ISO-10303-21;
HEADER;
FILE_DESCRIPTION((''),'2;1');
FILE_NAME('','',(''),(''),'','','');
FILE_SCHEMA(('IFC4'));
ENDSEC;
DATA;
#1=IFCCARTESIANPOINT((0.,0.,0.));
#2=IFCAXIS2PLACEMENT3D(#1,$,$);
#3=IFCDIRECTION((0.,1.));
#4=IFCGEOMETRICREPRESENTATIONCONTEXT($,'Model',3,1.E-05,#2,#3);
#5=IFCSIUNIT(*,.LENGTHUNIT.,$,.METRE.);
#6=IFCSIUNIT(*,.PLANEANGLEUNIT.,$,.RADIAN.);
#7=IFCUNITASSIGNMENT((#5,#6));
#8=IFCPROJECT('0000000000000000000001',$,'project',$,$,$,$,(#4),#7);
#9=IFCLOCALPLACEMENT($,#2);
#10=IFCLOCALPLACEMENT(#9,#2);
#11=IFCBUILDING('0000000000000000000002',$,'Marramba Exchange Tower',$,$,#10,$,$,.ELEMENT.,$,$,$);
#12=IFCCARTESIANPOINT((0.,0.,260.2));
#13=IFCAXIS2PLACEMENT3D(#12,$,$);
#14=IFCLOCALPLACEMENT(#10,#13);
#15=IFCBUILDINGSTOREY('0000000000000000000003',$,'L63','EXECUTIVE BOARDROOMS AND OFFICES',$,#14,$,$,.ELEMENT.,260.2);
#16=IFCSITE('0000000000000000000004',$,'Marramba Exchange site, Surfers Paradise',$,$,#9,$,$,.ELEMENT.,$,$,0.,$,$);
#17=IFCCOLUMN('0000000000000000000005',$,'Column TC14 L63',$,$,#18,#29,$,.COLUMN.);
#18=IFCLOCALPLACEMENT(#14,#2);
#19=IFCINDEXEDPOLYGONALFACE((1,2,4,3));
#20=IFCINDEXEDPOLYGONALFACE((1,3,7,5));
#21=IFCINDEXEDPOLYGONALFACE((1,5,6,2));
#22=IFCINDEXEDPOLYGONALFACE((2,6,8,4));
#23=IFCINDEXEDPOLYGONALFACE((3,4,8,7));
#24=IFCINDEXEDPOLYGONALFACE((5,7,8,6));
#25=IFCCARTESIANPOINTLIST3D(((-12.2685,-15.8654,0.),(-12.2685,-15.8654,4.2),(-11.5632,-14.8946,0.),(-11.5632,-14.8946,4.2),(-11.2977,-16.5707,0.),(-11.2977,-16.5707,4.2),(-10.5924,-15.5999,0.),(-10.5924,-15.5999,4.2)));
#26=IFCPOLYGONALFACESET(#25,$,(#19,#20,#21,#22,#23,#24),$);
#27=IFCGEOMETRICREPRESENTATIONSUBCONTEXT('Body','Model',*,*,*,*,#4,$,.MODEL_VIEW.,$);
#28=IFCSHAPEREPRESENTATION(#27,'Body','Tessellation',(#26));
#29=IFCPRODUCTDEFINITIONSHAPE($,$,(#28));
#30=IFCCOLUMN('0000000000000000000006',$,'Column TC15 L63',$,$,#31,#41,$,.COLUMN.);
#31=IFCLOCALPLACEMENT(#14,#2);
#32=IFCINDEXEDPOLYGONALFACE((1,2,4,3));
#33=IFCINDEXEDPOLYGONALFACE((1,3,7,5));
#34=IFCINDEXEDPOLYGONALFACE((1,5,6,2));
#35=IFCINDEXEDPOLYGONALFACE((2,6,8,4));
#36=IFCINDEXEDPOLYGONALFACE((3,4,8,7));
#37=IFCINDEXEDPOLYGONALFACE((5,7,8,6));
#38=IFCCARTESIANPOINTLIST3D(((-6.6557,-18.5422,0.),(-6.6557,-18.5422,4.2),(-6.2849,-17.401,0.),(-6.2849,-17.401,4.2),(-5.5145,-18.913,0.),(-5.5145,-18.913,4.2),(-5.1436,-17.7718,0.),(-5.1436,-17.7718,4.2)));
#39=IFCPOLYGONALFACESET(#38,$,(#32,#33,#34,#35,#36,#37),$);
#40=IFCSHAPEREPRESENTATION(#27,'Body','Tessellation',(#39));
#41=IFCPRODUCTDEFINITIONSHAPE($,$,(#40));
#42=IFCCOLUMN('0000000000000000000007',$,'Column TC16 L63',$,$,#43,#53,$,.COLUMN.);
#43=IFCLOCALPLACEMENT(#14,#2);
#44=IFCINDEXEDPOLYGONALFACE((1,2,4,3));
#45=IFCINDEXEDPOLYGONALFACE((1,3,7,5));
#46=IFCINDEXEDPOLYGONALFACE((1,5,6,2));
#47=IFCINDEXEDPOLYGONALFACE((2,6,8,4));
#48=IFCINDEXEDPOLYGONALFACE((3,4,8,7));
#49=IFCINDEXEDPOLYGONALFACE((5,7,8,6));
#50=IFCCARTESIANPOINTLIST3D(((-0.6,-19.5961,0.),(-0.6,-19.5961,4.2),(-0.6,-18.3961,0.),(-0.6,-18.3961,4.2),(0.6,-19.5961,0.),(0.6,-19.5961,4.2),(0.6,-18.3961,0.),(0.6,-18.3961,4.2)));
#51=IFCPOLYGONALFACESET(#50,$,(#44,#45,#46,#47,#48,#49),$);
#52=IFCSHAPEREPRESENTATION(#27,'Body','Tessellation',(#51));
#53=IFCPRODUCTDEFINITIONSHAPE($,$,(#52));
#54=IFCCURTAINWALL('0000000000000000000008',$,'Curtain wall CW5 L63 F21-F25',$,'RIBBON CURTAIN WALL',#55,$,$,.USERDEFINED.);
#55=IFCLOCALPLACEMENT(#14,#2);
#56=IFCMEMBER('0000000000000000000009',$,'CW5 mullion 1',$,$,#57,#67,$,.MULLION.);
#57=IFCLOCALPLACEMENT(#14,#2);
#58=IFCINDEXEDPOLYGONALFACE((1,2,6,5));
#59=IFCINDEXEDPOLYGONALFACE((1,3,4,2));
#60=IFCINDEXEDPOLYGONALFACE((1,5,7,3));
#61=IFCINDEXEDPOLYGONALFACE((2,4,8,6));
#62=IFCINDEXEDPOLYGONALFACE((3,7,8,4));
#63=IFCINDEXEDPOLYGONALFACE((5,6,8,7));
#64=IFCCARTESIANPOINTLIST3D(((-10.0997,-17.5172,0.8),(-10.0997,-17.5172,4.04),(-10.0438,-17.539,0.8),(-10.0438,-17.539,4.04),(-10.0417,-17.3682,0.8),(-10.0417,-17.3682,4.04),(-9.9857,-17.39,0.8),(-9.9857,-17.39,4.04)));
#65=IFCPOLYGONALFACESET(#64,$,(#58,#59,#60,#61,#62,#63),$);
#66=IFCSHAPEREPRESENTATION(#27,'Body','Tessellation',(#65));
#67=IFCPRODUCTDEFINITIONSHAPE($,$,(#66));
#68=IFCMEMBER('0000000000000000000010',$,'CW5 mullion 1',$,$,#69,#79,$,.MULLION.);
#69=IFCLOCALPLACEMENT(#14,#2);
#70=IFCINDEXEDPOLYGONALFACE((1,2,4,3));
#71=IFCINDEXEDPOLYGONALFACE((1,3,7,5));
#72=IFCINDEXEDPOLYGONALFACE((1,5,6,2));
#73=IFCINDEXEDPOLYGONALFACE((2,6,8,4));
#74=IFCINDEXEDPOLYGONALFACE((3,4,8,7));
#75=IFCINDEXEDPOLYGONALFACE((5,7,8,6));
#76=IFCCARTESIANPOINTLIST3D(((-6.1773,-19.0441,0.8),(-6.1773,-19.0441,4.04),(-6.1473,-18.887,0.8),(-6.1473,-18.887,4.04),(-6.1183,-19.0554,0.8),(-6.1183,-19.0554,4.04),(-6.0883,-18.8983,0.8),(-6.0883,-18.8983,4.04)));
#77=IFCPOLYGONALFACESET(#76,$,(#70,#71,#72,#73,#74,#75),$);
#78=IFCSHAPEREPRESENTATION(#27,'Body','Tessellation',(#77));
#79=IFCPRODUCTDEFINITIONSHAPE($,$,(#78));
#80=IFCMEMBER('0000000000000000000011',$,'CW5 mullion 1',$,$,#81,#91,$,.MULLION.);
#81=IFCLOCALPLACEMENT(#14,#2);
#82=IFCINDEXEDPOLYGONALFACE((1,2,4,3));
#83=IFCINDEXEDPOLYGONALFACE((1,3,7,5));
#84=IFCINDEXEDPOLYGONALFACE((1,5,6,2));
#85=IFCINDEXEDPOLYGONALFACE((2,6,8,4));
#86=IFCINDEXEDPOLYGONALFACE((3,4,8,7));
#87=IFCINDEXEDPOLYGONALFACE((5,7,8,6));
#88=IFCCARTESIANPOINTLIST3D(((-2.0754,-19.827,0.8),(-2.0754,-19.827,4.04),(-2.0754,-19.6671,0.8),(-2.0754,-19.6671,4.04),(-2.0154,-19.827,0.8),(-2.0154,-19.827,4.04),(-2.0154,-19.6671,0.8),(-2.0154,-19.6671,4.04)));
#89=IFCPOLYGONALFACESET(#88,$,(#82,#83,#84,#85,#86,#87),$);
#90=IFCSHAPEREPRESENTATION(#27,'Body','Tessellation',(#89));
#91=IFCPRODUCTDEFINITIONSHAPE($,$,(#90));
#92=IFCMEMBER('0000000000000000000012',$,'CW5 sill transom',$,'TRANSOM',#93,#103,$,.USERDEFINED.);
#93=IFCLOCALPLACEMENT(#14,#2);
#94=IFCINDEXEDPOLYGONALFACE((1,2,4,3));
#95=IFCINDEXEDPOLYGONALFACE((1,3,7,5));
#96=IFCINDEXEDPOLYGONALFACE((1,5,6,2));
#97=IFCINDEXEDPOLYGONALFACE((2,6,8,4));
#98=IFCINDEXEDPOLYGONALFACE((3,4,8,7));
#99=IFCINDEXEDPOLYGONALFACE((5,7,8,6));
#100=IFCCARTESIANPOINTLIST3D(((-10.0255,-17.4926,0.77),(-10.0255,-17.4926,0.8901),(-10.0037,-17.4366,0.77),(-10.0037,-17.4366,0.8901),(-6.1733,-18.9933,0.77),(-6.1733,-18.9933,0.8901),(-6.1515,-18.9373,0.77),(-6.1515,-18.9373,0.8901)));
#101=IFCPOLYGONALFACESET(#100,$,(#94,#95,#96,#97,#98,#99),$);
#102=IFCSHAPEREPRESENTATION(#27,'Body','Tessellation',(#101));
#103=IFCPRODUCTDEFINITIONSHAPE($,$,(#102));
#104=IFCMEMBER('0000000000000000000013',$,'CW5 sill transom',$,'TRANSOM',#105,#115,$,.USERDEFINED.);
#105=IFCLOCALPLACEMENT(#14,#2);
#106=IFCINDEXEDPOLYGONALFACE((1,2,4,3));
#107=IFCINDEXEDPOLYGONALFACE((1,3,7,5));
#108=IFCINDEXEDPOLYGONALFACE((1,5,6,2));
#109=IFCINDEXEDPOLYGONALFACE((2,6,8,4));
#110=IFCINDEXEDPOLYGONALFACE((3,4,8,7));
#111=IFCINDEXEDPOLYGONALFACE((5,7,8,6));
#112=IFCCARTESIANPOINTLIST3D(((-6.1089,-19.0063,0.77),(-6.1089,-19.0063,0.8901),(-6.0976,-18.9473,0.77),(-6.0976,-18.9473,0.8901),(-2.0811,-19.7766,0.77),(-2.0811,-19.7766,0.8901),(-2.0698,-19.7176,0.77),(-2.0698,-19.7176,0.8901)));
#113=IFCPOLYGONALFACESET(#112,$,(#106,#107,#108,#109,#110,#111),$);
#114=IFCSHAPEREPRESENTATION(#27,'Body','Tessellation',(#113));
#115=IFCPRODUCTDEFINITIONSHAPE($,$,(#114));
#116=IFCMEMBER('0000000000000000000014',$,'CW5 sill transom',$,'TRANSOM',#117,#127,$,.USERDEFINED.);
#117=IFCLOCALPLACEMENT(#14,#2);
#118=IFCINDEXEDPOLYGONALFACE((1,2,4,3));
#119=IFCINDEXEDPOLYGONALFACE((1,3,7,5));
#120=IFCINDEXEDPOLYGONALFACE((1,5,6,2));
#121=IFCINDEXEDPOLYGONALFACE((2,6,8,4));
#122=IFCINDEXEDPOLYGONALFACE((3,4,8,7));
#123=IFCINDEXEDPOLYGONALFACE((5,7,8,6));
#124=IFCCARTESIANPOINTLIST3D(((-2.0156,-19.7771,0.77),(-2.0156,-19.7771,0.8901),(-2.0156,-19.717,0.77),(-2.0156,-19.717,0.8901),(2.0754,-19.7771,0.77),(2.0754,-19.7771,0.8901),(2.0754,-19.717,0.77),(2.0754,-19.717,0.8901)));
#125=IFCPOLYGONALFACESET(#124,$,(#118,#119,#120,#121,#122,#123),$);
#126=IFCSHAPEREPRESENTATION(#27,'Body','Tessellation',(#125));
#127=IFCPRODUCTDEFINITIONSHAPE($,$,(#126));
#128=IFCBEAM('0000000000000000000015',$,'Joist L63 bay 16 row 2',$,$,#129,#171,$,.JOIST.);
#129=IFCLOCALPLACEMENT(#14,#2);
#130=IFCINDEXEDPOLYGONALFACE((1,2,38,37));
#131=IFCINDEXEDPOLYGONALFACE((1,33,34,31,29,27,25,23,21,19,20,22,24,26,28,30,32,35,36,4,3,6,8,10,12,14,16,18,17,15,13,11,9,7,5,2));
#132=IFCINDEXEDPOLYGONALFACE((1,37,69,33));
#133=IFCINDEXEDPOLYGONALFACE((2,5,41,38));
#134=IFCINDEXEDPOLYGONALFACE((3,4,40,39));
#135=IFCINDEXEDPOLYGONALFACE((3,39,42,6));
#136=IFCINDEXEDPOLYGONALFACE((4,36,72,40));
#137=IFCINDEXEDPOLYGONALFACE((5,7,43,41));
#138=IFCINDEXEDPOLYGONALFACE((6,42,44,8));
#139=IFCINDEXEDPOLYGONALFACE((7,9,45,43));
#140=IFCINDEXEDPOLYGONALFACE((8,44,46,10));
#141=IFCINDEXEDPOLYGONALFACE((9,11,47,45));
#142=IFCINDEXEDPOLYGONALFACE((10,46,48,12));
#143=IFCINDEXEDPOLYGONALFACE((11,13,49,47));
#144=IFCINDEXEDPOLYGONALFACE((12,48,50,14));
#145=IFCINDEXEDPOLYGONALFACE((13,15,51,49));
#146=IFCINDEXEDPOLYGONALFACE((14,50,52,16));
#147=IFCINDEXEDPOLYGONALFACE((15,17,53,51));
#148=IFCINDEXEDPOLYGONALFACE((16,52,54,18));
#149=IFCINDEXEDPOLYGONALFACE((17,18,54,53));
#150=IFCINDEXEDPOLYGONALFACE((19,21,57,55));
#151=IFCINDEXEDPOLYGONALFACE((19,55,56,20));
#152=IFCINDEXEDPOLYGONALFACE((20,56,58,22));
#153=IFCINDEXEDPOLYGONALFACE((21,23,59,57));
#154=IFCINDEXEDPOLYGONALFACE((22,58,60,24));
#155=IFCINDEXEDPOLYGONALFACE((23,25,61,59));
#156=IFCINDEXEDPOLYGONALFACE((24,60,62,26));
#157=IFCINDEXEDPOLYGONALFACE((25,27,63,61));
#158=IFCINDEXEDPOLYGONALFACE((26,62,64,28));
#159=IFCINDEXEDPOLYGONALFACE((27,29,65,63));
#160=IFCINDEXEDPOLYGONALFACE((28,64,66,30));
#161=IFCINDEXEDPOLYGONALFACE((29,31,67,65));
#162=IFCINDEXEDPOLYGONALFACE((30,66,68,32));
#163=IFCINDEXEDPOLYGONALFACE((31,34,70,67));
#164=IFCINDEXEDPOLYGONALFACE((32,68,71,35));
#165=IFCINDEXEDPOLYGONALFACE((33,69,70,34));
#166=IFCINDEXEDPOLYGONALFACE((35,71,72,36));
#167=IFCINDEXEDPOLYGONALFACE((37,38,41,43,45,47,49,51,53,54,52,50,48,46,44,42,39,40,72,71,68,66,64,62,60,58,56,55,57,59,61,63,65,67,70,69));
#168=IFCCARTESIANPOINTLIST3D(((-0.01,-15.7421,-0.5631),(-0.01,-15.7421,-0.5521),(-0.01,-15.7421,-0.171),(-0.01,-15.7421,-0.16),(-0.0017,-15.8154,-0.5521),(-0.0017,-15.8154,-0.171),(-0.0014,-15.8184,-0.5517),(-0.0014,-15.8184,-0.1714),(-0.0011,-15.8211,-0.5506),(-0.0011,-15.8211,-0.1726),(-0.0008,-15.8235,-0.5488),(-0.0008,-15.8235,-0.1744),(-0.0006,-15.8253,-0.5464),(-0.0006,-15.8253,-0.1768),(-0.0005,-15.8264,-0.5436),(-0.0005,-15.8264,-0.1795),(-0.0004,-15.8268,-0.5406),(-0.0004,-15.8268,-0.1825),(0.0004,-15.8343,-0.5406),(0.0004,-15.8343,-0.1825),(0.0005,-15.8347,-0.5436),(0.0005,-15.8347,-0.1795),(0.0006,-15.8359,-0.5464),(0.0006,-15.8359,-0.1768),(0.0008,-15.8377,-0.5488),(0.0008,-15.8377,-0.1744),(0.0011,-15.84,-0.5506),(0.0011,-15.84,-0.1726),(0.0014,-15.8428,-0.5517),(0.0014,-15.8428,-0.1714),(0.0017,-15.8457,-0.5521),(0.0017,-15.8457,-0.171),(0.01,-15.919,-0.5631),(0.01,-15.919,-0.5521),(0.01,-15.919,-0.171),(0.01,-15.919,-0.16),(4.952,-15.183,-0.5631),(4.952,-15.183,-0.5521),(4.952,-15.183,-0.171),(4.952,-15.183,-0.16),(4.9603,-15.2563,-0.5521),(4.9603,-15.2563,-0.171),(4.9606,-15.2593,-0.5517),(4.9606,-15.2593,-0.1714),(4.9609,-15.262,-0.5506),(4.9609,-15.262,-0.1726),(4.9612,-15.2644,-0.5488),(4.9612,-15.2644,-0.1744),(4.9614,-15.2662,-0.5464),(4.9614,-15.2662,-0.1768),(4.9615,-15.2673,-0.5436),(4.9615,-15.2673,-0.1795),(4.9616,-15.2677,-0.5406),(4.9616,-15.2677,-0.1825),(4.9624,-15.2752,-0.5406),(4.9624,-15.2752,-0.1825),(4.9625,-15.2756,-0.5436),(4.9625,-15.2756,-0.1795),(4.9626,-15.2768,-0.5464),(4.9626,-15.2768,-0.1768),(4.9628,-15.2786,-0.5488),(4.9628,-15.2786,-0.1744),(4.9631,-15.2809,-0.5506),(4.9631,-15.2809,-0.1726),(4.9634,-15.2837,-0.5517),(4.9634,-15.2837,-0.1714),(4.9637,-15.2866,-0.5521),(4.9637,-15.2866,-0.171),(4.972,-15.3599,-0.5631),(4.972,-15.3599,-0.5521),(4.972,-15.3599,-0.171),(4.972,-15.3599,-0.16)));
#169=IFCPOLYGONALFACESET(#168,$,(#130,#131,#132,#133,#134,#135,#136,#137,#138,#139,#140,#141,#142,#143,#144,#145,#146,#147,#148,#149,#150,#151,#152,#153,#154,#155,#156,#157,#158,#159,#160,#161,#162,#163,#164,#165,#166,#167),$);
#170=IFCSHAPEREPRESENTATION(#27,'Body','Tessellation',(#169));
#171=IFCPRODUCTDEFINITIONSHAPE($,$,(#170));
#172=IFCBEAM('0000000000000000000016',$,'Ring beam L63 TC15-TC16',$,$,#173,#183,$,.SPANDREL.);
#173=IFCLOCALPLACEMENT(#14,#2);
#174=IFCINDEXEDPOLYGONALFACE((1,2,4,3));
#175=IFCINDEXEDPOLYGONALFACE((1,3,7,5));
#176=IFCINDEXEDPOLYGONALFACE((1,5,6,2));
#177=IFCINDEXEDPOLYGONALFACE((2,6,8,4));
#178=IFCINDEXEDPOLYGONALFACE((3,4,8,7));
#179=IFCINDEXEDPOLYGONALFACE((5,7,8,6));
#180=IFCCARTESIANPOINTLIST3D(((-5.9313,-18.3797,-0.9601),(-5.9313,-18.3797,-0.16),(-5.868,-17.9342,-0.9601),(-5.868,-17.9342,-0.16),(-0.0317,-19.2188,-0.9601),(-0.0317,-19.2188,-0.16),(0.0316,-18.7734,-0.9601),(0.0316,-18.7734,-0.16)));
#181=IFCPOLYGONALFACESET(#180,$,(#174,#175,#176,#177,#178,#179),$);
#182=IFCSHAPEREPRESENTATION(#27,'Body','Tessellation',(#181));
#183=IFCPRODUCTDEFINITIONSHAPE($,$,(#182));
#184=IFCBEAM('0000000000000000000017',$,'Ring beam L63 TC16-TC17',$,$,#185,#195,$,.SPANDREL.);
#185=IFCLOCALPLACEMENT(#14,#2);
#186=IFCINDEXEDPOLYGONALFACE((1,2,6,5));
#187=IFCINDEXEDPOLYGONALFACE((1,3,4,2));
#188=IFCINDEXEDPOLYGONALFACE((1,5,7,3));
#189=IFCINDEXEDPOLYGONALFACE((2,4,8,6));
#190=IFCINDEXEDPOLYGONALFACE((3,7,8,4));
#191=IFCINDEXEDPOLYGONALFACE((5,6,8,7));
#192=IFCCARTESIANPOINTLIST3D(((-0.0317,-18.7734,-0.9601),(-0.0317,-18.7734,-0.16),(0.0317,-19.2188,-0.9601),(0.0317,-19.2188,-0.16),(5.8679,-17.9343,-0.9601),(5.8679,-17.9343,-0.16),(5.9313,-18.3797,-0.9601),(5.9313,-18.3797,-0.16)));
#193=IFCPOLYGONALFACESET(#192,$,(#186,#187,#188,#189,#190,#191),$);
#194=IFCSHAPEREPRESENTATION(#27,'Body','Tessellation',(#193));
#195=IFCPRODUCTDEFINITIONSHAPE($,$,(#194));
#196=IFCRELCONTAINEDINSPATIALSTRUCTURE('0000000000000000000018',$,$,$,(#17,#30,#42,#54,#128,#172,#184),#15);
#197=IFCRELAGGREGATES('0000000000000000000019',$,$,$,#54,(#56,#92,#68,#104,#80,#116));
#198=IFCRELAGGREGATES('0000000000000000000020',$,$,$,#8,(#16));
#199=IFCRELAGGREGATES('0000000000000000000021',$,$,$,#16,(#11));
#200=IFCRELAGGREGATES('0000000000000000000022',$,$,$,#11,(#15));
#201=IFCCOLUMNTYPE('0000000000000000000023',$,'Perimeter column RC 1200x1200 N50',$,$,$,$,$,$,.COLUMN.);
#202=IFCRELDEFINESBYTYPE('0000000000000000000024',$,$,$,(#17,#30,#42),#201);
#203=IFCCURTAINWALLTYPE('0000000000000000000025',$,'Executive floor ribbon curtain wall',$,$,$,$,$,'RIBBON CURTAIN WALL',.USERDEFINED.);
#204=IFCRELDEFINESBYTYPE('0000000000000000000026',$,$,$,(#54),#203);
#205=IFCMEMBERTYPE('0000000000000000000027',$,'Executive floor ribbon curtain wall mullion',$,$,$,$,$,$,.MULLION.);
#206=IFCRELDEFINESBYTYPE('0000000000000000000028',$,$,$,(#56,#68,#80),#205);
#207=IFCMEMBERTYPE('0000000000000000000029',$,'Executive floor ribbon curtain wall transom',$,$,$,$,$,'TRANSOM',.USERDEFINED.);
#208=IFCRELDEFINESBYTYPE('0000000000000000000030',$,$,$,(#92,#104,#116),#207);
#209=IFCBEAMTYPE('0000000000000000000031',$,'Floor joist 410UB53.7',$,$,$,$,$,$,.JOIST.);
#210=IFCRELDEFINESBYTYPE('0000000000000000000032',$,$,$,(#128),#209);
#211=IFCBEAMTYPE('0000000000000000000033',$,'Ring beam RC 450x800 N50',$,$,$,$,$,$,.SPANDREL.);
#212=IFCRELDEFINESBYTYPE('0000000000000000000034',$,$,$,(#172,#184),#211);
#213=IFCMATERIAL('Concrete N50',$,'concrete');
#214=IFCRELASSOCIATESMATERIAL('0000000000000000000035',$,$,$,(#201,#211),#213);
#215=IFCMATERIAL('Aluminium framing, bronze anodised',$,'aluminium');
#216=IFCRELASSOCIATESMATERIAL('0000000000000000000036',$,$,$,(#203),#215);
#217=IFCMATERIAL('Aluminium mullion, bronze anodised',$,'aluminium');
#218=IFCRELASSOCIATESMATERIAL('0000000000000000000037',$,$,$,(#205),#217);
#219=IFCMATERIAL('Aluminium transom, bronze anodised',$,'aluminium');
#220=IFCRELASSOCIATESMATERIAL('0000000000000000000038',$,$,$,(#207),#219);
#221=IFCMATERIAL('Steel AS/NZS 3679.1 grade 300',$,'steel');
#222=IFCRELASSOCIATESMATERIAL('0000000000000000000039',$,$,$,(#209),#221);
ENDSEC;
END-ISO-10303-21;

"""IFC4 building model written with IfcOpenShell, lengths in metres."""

from ifc_helpers import new_model, si_unit, direction, frame, origin, origin_2d, place, context, subcontext, project, spatial, rectangle, i_section, extrude, material, material_profile, profile_set, type_object, element, aggregate, save


model = new_model("IFC4")

# Units and contexts
model_context = context("Model", 3, precision=1e-05, world=origin(), true_north=direction((0.0, 1.0)))
body_context = subcontext(model_context, "Body", "Model", "MODEL_VIEW")
ifc_project = project(units=[si_unit("LENGTHUNIT", "METRE"), si_unit("PLANEANGLEUNIT", "RADIAN")], contexts=[model_context])

# Site, building, storey
site_placement = place(None, origin())
site = spatial("IfcSite", under=ifc_project, at=site_placement, Name="Marramba Exchange site, Surfers Paradise", CompositionType="ELEMENT", RefElevation=0.0)
building_placement = place(site_placement, origin())
building = spatial("IfcBuilding", under=site, at=building_placement, Name="Marramba Exchange Tower", CompositionType="ELEMENT")
storey_placement = place(building_placement, frame((0.0, 0.0, 260.2)))
storey = spatial("IfcBuildingStorey", under=building, at=storey_placement, Name="L63", Description="EXECUTIVE BOARDROOMS AND OFFICES", CompositionType="ELEMENT", Elevation=260.2)

# Columns
ifc_material_1 = material(Name="Concrete N50", Category="concrete")
ifc_material_profile_1 = material_profile(ifc_material_1, rectangle(XDim=1.2, YDim=1.2, at=origin_2d()), Name="RC 1200x1200")
ifc_profile_set_1 = profile_set([ifc_material_profile_1], Name="Concrete N50")
column_type = type_object("IfcColumnType", Name="Perimeter column RC 1200x1200 N50", PredefinedType="COLUMN", material=ifc_profile_set_1)
for number, where, z_axis, x_axis, name in (
    (1, (-11.4304, -15.7327, 0.0), (0.0, 0.0, 1.0), (-0.587785, -0.809017, 0.0), "Column TC14 L63"),
    (2, (-5.8997, -18.157, 0.0), (0.0, 0.0, 1.0), (-0.309017, -0.951057, 0.0), "Column TC15 L63"),
    (3, (0.0, -18.9961, 0.0), (0.0, 0.0, 1.0), (0.0, -1.0, 0.0), "Column TC16 L63"),
):
    element("IfcColumn", number, at=place(storey_placement, frame(where, z_axis=z_axis, x_axis=x_axis)), inside=storey, type_object=column_type, Name=name, PredefinedType="COLUMN", context=body_context, shape_type="SweptSolid", body=[
        extrude(rectangle(XDim=1.2, YDim=1.2, at=origin_2d()), origin(), (0.0, 0.0, 1.0), 4.2),
    ])

# Curtain wall, members
ifc_material_2 = material(Name="Aluminium framing, bronze anodised", Category="aluminium")
curtain_wall_type = type_object("IfcCurtainWallType", Name="Executive floor ribbon curtain wall", ElementType="RIBBON CURTAIN WALL", PredefinedType="USERDEFINED", material=ifc_material_2)
curtain_wall_1_placement = place(storey_placement, origin())
curtain_wall_1 = element("IfcCurtainWall", 4, at=curtain_wall_1_placement, inside=storey, type_object=curtain_wall_type, Name="Curtain wall CW5 L63 F21-F25", ObjectType="RIBBON CURTAIN WALL", PredefinedType="USERDEFINED")
ifc_material_3 = material(Name="Aluminium mullion, bronze anodised", Category="aluminium")
ifc_material_profile_2 = material_profile(ifc_material_3, rectangle(XDim=0.1599, YDim=0.0601, at=origin_2d()), Name="CW5 mullion 60x160")
ifc_profile_set_2 = profile_set([ifc_material_profile_2], Name="Aluminium mullion, bronze anodised")
member_type_1 = type_object("IfcMemberType", Name="Executive floor ribbon curtain wall mullion", PredefinedType="MULLION", material=ifc_profile_set_2)
member_1_placement = place(storey_placement, frame((-10.0427, -17.4536, 0.8), z_axis=(0.0, 0.0, 1.0), x_axis=(0.36301, 0.931785, 0.0)))
member_1 = element("IfcMember", 5, at=member_1_placement, type_object=member_type_1, Name="CW5 mullion 1", PredefinedType="MULLION", context=body_context, shape_type="SweptSolid", body=[
    extrude(rectangle(XDim=0.1599, YDim=0.0601, at=origin_2d()), origin(), (0.0, 0.0, 1.0), 3.24),
])
member_2_placement = place(storey_placement, frame((-6.1328, -18.9712, 0.8), z_axis=(0.0, 0.0, 1.0), x_axis=(0.187873, 0.982193, 0.0)))
member_2 = element("IfcMember", 6, at=member_2_placement, type_object=member_type_1, Name="CW5 mullion 1", PredefinedType="MULLION", context=body_context, shape_type="SweptSolid", body=[
    extrude(rectangle(XDim=0.1599, YDim=0.0601, at=origin_2d()), origin(), (0.0, 0.0, 1.0), 3.24),
])
member_3_placement = place(storey_placement, frame((-2.0454, -19.7471, 0.8), z_axis=(0.0, 0.0, 1.0), x_axis=(0.0, 1.0, 0.0)))
member_3 = element("IfcMember", 7, at=member_3_placement, type_object=member_type_1, Name="CW5 mullion 1", PredefinedType="MULLION", context=body_context, shape_type="SweptSolid", body=[
    extrude(rectangle(XDim=0.1599, YDim=0.0601, at=origin_2d()), origin(), (0.0, 0.0, 1.0), 3.24),
])
ifc_material_4 = material(Name="Aluminium transom, bronze anodised", Category="aluminium")
ifc_material_profile_3 = material_profile(ifc_material_4, rectangle(XDim=0.0601, YDim=0.1201, at=origin_2d()), Name="CW5 transom 60x120")
ifc_profile_set_3 = profile_set([ifc_material_profile_3], Name="Aluminium transom, bronze anodised")
member_type_2 = type_object("IfcMemberType", Name="Executive floor ribbon curtain wall transom", ElementType="TRANSOM", PredefinedType="USERDEFINED", material=ifc_profile_set_3)
member_4_placement = place(storey_placement, frame((-10.0146, -17.4646, 0.8301), z_axis=(0.931791, -0.362996, 0.0), x_axis=(0.362996, 0.931791, 0.0)))
member_4 = element("IfcMember", 8, at=member_4_placement, type_object=member_type_2, Name="CW5 sill transom", ObjectType="TRANSOM", PredefinedType="USERDEFINED", context=body_context, shape_type="SweptSolid", body=[
    extrude(rectangle(XDim=0.0601, YDim=0.1201, at=origin_2d()), origin(), (0.0, 0.0, 1.0), 4.1343),
])
member_5_placement = place(storey_placement, frame((-6.1033, -18.9768, 0.8301), z_axis=(0.982201, -0.187832, 0.0), x_axis=(0.187832, 0.982201, 0.0)))
member_5 = element("IfcMember", 9, at=member_5_placement, type_object=member_type_2, Name="CW5 sill transom", ObjectType="TRANSOM", PredefinedType="USERDEFINED", context=body_context, shape_type="SweptSolid", body=[
    extrude(rectangle(XDim=0.0601, YDim=0.1201, at=origin_2d()), origin(), (0.0, 0.0, 1.0), 4.1008),
])
member_6_placement = place(storey_placement, frame((-2.0156, -19.7471, 0.8301), z_axis=(1.0, 0.0, 0.0), x_axis=(0.0, 1.0, 0.0)))
member_6 = element("IfcMember", 10, at=member_6_placement, type_object=member_type_2, Name="CW5 sill transom", ObjectType="TRANSOM", PredefinedType="USERDEFINED", context=body_context, shape_type="SweptSolid", body=[
    extrude(rectangle(XDim=0.0601, YDim=0.1201, at=origin_2d()), origin(), (0.0, 0.0, 1.0), 4.0911),
])

# Beams
ifc_material_5 = material(Name="Steel AS/NZS 3679.1 grade 300", Category="steel")
ifc_material_profile_4 = material_profile(ifc_material_5, i_section(OverallWidth=0.178, OverallDepth=0.4031, WebThickness=0.0076, FlangeThickness=0.011, FilletRadius=0.0115, at=origin_2d()), Name="410UB53.7")
ifc_profile_set_4 = profile_set([ifc_material_profile_4], Name="Steel AS/NZS 3679.1 grade 300")
beam_type_1 = type_object("IfcBeamType", Name="Floor joist 410UB53.7", PredefinedType="JOIST", material=ifc_profile_set_4)
beam_placement = place(storey_placement, frame((0.0, -15.8306, -0.3616), z_axis=(0.993712, 0.111966, 0.0), x_axis=(-0.111966, 0.993712, 0.0)))
element("IfcBeam", 11, at=beam_placement, inside=storey, type_object=beam_type_1, Name="Joist L63 bay 16 row 2", PredefinedType="JOIST", context=body_context, shape_type="SweptSolid", body=[
    extrude(i_section(OverallWidth=0.178, OverallDepth=0.4031, WebThickness=0.0076, FlangeThickness=0.011, FilletRadius=0.0115, at=origin_2d()), origin(), (0.0, 0.0, 1.0), 4.9934),
])
ifc_material_profile_5 = material_profile(ifc_material_1, rectangle(XDim=0.45, YDim=0.8, at=origin_2d()), Name="RC 450x800")
ifc_profile_set_5 = profile_set([ifc_material_profile_5], Name="Concrete N50")
beam_type_2 = type_object("IfcBeamType", Name="Ring beam RC 450x800 N50", PredefinedType="SPANDREL", material=ifc_profile_set_5)
for number, where, z_axis, x_axis, name in (
    (12, (-5.8997, -18.157, -0.5601), (0.990036, -0.140813, 0.0), (0.140813, 0.990036, 0.0), "Ring beam L63 TC15-TC16"),
    (13, (0.0, -18.9961, -0.5601), (0.990036, 0.140813, 0.0), (-0.140813, 0.990036, 0.0), "Ring beam L63 TC16-TC17"),
):
    element("IfcBeam", number, at=place(storey_placement, frame(where, z_axis=z_axis, x_axis=x_axis)), inside=storey, type_object=beam_type_2, Name=name, PredefinedType="SPANDREL", context=body_context, shape_type="SweptSolid", body=[
        extrude(rectangle(XDim=0.45, YDim=0.8, at=origin_2d()), origin(), (0.0, 0.0, 1.0), 5.959),
    ])

aggregate(curtain_wall_1, [member_1, member_4, member_2, member_5, member_3, member_6])

save(model, "model.ifc")
